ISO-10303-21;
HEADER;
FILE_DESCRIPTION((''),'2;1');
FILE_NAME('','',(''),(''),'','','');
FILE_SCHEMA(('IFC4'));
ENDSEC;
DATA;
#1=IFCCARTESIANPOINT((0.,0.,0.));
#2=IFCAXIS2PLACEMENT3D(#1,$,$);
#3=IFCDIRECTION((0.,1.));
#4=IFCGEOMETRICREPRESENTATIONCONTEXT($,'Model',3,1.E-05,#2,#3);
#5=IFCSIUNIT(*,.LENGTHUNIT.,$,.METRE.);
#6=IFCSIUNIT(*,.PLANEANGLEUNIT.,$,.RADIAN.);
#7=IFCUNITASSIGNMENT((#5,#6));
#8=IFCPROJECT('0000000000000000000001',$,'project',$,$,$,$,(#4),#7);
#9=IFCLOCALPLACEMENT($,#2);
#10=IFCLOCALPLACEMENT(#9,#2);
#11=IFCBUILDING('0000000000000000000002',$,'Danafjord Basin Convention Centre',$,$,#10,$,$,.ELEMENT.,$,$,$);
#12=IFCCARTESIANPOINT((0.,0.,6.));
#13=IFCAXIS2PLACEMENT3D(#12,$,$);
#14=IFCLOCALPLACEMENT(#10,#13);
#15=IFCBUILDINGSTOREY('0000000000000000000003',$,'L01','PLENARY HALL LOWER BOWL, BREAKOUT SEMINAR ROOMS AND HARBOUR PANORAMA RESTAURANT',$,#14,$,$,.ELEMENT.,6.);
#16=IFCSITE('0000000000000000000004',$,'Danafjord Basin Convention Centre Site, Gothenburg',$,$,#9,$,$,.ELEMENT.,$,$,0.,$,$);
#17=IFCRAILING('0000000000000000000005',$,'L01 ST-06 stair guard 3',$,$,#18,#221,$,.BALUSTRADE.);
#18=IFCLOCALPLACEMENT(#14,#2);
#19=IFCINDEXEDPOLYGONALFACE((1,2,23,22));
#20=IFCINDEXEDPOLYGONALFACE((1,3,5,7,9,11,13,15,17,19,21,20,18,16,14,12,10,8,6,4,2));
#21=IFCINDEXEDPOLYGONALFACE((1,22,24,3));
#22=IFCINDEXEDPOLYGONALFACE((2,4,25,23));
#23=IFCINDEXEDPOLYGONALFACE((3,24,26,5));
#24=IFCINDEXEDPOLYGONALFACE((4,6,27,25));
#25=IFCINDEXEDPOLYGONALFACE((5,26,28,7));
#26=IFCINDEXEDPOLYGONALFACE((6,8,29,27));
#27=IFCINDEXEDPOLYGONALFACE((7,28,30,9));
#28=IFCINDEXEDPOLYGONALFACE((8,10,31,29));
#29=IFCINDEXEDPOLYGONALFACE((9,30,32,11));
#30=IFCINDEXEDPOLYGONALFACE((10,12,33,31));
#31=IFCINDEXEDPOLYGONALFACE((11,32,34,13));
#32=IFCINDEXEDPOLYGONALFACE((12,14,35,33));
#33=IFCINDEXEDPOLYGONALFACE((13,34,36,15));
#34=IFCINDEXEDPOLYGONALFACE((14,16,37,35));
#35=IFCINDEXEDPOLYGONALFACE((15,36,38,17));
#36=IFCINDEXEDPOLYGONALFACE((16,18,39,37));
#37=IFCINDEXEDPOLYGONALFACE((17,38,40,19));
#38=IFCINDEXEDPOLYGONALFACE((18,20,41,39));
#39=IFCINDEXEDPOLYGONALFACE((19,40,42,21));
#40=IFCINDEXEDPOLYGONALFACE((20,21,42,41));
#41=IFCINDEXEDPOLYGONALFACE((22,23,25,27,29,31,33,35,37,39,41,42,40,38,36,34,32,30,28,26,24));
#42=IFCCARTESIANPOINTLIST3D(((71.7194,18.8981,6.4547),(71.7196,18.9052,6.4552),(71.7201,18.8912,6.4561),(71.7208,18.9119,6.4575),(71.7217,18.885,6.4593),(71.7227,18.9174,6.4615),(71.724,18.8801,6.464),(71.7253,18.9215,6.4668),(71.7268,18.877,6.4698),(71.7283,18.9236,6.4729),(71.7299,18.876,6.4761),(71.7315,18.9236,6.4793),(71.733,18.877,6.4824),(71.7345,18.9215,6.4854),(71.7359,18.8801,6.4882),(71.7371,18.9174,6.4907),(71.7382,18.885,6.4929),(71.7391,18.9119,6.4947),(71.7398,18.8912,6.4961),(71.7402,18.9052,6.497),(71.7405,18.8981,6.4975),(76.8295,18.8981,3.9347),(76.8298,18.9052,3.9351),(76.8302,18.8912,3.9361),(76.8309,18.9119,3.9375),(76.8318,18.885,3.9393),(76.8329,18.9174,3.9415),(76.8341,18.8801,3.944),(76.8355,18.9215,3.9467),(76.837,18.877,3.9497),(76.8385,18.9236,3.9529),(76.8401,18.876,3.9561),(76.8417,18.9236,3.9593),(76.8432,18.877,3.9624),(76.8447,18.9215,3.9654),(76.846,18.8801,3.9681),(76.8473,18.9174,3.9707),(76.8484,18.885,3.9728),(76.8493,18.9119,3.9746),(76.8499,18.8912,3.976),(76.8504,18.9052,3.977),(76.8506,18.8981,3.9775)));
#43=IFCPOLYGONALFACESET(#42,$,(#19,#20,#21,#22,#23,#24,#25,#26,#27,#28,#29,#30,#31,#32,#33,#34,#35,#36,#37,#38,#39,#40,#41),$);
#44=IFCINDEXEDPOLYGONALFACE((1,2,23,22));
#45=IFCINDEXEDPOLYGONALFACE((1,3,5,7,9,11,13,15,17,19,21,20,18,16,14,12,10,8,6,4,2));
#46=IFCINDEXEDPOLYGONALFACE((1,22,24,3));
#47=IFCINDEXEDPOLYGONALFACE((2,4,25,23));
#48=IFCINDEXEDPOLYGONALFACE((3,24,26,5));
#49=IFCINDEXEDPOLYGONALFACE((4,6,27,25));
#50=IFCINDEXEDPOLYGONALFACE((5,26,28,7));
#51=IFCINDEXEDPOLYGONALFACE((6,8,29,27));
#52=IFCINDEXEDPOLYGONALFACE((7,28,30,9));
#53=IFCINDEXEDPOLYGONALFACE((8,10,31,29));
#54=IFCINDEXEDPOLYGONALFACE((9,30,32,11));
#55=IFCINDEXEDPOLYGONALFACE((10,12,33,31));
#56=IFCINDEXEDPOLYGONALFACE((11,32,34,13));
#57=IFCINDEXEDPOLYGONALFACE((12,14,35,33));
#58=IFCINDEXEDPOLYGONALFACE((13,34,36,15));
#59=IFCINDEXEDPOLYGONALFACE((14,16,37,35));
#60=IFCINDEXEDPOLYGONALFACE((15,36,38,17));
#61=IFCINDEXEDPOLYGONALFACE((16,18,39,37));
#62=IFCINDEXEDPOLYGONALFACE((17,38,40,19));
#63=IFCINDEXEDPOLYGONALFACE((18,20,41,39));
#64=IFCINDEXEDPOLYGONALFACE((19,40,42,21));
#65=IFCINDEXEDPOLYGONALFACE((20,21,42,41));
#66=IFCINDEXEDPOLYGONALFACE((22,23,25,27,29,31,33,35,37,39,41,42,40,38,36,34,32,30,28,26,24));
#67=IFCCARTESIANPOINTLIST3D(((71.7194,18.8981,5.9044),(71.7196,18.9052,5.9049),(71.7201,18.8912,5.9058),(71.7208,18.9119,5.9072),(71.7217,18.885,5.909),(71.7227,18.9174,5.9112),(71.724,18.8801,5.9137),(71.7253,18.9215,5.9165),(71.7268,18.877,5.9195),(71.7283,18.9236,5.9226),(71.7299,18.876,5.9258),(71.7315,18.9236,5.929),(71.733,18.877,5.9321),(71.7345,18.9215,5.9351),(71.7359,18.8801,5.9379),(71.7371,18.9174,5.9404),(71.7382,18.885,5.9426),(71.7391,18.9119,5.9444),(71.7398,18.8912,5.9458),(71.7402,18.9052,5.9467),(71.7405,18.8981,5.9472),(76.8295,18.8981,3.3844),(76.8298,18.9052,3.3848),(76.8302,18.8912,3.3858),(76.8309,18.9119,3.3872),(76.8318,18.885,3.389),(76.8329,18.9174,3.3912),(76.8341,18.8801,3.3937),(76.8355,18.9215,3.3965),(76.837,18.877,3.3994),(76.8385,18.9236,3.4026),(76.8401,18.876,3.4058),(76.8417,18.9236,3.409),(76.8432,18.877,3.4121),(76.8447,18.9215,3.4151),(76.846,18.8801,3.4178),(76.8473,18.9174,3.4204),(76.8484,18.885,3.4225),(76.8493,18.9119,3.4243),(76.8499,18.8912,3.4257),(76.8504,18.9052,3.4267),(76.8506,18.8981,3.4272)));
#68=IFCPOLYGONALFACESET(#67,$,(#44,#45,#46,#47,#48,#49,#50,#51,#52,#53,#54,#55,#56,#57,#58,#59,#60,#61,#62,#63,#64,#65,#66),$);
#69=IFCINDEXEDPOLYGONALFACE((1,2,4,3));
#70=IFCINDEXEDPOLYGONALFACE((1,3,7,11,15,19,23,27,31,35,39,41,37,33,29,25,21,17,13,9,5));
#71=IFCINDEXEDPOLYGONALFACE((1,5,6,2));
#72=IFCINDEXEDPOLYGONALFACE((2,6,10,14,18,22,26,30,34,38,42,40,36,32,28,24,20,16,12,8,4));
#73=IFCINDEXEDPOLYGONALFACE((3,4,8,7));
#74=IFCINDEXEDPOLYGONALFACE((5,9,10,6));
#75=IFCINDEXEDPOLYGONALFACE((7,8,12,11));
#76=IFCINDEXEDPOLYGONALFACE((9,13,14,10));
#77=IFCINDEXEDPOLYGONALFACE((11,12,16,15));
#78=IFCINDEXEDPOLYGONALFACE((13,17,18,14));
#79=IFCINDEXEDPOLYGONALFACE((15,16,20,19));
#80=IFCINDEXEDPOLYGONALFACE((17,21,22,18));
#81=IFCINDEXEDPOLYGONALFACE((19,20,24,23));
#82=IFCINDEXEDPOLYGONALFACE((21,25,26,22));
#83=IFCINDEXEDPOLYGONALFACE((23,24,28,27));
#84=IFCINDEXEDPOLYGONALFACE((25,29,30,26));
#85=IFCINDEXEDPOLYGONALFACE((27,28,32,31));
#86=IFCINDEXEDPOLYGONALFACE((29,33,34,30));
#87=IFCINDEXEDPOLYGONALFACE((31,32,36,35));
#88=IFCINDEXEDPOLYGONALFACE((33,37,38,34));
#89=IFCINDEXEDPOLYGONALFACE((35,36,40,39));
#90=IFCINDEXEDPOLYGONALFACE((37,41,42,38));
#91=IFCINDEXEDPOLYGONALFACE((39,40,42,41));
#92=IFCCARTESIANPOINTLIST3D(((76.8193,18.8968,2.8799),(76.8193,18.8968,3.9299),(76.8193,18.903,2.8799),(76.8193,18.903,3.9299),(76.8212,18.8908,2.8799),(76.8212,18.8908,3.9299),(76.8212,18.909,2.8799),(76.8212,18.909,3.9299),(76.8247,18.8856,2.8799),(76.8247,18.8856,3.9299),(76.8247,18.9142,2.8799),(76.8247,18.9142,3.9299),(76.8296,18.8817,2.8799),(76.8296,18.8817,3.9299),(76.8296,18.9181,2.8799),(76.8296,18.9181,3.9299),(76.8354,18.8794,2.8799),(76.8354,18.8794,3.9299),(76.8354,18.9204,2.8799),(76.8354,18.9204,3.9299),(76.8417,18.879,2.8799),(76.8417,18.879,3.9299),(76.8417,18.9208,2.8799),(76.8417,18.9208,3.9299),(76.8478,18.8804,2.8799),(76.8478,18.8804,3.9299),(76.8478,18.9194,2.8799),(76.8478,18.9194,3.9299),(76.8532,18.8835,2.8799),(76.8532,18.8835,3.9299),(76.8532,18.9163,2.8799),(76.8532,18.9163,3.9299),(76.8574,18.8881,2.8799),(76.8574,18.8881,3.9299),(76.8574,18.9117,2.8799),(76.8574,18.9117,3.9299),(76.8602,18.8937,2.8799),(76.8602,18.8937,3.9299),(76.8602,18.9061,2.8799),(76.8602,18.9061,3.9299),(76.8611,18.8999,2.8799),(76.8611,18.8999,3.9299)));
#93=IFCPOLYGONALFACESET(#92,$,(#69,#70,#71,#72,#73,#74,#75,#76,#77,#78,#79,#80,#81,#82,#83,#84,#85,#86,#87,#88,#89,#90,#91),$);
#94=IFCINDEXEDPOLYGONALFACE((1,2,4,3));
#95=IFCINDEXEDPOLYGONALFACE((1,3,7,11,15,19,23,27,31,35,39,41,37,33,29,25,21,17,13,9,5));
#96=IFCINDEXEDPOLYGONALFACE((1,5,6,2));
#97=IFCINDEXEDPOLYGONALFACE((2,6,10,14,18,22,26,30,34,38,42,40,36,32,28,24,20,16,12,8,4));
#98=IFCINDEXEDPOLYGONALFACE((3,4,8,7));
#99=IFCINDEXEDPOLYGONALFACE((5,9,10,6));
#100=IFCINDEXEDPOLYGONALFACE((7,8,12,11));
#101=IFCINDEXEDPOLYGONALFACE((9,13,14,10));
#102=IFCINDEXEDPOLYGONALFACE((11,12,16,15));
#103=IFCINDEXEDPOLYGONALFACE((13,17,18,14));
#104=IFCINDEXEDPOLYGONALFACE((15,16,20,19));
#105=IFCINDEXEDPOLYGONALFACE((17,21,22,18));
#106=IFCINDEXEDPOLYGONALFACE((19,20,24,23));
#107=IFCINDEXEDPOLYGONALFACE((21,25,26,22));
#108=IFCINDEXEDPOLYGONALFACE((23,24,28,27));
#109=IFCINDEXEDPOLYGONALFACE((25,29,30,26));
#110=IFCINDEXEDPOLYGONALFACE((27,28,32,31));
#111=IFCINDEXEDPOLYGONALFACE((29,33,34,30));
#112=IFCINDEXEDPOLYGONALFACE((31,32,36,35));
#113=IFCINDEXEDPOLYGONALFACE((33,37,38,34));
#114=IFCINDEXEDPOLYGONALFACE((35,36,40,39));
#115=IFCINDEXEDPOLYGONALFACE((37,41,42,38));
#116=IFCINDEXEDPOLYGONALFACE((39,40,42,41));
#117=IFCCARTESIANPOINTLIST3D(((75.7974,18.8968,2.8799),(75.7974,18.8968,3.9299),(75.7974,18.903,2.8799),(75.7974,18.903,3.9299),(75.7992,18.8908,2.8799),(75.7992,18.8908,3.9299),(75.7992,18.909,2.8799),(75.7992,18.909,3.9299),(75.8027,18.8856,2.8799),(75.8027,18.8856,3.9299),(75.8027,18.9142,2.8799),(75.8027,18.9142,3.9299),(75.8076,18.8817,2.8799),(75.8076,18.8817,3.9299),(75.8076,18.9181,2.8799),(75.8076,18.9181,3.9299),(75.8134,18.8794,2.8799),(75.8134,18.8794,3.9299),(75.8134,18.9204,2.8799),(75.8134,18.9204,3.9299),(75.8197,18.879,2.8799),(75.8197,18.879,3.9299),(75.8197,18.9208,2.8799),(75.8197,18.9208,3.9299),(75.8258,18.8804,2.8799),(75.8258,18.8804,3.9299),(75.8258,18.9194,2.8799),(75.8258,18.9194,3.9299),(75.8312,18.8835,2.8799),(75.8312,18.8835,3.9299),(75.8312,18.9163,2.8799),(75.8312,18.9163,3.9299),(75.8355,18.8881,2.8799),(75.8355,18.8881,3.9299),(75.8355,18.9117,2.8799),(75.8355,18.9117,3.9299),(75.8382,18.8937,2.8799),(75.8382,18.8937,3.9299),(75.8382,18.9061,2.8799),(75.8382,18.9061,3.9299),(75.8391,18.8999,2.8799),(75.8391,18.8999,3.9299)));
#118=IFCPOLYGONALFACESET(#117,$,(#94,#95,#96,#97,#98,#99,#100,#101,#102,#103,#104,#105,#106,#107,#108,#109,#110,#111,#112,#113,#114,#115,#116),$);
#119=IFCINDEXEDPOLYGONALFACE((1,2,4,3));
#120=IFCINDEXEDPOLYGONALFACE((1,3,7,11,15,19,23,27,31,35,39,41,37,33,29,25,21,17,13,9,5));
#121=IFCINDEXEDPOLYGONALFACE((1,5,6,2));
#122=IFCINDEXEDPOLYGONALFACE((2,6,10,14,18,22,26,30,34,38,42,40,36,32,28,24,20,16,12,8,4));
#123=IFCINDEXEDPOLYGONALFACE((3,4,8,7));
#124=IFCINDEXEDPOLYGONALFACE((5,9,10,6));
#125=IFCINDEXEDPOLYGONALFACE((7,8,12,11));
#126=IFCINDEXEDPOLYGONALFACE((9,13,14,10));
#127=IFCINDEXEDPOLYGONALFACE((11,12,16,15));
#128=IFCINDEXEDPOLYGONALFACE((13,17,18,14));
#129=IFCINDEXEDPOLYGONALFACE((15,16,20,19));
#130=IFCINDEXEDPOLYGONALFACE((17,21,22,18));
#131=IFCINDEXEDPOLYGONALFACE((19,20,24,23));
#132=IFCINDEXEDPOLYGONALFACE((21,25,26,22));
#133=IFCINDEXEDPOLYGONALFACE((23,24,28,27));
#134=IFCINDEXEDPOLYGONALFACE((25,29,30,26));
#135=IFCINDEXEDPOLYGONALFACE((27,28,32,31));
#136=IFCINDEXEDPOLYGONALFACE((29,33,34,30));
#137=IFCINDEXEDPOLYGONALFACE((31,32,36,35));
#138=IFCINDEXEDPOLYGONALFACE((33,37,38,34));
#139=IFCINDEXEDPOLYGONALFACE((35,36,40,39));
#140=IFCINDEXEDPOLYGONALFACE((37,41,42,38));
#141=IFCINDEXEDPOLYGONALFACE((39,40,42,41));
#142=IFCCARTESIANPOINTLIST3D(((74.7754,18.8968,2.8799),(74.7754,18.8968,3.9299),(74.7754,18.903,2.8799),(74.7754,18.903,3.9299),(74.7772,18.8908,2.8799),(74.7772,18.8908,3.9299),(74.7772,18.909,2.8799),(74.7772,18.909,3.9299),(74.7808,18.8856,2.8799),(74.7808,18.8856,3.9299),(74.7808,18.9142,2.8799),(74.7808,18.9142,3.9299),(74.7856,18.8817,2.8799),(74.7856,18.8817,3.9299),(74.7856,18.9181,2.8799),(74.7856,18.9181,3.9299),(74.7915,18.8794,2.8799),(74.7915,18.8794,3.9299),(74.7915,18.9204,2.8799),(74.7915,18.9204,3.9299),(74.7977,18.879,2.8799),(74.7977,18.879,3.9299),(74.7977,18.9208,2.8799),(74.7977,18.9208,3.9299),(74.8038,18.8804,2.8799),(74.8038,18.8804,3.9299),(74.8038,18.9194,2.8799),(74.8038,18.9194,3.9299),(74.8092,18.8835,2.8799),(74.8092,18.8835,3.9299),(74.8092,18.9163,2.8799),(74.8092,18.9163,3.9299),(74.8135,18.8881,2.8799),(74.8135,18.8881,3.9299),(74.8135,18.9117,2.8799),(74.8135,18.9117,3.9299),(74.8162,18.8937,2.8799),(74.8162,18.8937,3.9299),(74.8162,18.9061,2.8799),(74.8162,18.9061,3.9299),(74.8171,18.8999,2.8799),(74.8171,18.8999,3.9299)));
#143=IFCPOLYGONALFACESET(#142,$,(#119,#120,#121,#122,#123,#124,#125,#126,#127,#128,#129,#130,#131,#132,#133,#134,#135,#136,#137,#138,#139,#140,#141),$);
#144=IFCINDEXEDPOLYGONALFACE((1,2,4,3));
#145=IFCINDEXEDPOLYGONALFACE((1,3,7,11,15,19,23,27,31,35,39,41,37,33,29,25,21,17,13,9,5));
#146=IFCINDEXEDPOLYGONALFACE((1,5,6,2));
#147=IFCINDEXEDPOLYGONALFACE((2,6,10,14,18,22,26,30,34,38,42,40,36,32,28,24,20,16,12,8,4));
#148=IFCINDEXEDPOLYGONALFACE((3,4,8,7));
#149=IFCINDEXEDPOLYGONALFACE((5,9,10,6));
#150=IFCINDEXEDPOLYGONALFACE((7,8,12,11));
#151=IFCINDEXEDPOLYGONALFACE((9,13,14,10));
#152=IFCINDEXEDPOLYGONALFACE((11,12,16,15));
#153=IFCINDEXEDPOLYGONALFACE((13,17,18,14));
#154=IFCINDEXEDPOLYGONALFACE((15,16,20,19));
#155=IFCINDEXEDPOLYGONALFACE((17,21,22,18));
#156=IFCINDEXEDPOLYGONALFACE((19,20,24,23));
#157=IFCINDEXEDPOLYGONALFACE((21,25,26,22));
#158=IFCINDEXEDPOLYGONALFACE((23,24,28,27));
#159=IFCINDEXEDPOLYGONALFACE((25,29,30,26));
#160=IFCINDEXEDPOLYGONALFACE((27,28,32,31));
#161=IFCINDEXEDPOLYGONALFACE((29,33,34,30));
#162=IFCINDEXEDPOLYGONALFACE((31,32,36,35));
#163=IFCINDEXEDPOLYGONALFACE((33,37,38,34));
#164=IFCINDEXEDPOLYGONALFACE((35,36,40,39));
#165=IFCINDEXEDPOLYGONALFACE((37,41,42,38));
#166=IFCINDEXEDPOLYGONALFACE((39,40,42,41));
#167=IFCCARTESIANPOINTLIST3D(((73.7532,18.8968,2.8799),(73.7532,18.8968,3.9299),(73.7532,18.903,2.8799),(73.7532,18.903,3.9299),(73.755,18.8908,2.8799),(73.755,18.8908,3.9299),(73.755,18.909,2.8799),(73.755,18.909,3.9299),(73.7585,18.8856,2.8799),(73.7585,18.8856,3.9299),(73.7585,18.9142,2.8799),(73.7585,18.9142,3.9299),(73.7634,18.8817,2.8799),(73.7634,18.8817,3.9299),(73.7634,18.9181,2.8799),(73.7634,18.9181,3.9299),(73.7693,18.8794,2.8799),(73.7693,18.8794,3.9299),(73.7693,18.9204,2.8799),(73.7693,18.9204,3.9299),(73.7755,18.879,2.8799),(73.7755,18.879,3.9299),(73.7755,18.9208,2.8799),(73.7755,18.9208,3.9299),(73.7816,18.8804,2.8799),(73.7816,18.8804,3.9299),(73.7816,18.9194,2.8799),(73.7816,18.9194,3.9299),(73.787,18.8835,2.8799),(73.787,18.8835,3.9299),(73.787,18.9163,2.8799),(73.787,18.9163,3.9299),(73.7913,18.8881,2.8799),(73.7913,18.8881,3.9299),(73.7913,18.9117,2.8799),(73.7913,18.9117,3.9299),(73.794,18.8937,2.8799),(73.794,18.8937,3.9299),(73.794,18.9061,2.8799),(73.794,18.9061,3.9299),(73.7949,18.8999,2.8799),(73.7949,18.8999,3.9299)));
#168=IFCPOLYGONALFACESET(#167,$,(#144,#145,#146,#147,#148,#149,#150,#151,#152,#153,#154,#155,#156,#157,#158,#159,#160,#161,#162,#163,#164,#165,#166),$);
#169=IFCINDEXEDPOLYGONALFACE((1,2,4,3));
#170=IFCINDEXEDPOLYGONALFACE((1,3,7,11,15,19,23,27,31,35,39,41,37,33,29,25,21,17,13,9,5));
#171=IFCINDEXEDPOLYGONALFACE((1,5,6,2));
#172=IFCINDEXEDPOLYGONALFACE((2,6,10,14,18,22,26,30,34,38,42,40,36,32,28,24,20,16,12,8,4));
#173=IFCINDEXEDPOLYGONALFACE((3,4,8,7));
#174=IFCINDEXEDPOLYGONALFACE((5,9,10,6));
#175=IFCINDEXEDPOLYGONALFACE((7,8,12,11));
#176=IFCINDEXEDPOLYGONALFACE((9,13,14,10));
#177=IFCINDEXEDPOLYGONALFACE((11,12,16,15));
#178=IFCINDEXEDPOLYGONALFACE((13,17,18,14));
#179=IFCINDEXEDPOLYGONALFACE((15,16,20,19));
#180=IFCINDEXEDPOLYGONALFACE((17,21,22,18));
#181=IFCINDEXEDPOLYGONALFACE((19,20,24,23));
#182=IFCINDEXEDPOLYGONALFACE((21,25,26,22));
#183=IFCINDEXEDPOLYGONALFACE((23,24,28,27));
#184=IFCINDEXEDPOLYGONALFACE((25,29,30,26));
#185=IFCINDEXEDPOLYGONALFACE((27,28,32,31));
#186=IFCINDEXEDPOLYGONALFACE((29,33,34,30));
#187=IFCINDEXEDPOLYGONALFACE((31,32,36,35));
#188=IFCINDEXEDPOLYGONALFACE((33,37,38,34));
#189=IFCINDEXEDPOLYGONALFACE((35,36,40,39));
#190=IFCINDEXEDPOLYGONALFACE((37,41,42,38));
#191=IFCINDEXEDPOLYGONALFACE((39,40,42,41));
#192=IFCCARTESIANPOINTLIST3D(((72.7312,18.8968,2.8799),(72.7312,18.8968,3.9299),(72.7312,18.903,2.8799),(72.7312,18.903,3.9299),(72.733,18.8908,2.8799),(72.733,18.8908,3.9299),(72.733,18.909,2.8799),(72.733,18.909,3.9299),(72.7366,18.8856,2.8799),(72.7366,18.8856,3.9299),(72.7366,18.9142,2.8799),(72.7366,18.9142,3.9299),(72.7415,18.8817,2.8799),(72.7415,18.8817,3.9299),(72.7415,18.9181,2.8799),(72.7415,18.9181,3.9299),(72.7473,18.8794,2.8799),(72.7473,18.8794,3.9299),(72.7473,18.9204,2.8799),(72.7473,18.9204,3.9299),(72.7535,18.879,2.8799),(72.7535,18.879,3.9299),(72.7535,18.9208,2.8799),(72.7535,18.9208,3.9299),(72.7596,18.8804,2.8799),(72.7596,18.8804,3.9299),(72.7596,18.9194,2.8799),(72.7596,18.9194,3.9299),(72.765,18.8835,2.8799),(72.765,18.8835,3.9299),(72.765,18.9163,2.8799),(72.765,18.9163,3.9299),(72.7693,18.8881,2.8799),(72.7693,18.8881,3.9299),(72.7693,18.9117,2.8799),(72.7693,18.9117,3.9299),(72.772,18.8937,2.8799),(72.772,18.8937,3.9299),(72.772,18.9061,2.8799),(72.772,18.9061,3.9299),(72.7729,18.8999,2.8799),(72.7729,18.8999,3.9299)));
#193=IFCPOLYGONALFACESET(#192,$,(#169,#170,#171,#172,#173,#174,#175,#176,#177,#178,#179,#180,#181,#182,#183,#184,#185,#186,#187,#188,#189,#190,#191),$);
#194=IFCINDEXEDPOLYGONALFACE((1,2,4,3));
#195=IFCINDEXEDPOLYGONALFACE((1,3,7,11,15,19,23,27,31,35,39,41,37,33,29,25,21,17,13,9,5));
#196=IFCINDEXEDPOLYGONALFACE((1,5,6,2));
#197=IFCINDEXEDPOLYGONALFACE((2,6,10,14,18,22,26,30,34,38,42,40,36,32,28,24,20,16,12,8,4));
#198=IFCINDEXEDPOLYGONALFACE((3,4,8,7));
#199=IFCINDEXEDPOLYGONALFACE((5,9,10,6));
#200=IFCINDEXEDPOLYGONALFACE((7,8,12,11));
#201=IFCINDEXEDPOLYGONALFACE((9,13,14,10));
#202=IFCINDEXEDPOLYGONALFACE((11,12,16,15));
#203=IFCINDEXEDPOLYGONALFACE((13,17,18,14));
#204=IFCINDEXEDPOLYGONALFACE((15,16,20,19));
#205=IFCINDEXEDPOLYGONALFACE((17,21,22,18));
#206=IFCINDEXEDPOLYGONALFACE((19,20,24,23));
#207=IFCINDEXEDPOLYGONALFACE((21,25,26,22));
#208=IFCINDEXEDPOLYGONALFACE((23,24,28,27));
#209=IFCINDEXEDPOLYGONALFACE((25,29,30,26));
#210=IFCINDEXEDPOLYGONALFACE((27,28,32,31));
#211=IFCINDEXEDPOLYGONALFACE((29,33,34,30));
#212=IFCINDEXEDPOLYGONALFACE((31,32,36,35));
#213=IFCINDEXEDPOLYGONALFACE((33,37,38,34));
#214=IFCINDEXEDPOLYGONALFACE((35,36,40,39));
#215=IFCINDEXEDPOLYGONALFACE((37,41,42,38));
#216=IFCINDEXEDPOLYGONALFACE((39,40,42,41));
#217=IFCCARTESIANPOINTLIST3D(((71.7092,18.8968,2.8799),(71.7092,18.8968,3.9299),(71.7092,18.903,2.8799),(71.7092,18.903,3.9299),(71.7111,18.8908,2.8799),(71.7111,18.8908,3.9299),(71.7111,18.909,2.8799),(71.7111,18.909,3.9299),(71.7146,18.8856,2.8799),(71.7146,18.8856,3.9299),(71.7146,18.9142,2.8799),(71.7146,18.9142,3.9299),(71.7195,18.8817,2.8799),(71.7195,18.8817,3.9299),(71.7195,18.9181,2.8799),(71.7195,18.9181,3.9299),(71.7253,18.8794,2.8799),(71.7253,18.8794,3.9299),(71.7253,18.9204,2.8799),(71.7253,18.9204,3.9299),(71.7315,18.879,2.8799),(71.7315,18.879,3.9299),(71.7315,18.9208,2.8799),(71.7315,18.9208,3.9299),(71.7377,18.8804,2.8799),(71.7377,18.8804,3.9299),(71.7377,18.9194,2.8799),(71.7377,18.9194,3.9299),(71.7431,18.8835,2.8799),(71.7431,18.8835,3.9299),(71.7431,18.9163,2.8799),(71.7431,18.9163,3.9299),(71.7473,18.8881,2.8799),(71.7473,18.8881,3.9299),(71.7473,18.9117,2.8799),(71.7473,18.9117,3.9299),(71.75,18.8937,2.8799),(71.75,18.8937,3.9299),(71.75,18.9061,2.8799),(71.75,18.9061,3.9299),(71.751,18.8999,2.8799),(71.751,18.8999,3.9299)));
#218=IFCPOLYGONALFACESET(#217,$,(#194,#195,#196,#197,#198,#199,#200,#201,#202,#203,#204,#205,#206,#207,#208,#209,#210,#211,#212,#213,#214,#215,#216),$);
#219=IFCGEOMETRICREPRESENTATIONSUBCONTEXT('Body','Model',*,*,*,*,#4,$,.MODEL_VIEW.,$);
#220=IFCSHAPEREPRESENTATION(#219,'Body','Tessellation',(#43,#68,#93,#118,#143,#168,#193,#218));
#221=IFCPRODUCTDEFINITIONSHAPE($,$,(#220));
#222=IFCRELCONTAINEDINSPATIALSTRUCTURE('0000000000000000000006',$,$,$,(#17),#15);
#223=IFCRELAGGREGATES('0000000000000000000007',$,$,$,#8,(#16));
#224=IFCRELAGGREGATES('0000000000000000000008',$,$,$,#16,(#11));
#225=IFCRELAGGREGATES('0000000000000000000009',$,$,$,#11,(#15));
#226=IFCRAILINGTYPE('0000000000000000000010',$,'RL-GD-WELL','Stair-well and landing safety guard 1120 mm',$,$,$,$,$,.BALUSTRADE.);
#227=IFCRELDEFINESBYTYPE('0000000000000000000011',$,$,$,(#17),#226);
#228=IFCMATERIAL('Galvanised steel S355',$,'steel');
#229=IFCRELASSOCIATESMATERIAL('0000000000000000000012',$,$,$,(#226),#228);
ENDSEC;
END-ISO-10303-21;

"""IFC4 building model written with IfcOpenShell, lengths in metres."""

from ifc_helpers import new_model, si_unit, direction, frame, origin, origin_2d, place, context, subcontext, project, spatial, circle, extrude, material, type_object, element, save


model = new_model("IFC4")

# Units and contexts
model_context = context("Model", 3, precision=1e-05, world=origin(), true_north=direction((0.0, 1.0)))
body_context = subcontext(model_context, "Body", "Model", "MODEL_VIEW")
ifc_project = project(units=[si_unit("LENGTHUNIT", "METRE"), si_unit("PLANEANGLEUNIT", "RADIAN")], contexts=[model_context])

# Site, building, storey
site_placement = place(None, origin())
site = spatial("IfcSite", under=ifc_project, at=site_placement, Name="Danafjord Basin Convention Centre Site, Gothenburg", CompositionType="ELEMENT", RefElevation=0.0)
building_placement = place(site_placement, origin())
building = spatial("IfcBuilding", under=site, at=building_placement, Name="Danafjord Basin Convention Centre", CompositionType="ELEMENT")
storey_placement = place(building_placement, frame((0.0, 0.0, 6.0)))
storey = spatial("IfcBuildingStorey", under=building, at=storey_placement, Name="L01", Description="PLENARY HALL LOWER BOWL, BREAKOUT SEMINAR ROOMS AND HARBOUR PANORAMA RESTAURANT", CompositionType="ELEMENT", Elevation=6.0)

# Railing
ifc_material_1 = material(Name="Galvanised steel S355", Category="steel")
railing_type_1 = type_object("IfcRailingType", Name="RL-GD-WELL", Description="Stair-well and landing safety guard 1120 mm", PredefinedType="BALUSTRADE", material=ifc_material_1)
railing_1_placement = place(storey_placement, frame((76.8401, 18.8999, 2.8799)))
element("IfcRailing", 1, at=railing_1_placement, inside=storey, type_object=railing_type_1, Name="L01 ST-06 stair guard 3", PredefinedType="BALUSTRADE", context=body_context, shape_type="SweptSolid", body=[
    extrude(circle(Radius=0.0239, at=origin_2d()), frame((0.0, 0.0, 1.0762), z_axis=(-0.896873, 0.0, 0.442288), x_axis=(0.0, -1.0, 0.0)), (0.0, 0.0, 1.0), 5.6978),
    extrude(circle(Radius=0.0239, at=origin_2d()), frame((0.0, 0.0, 0.5259), z_axis=(-0.896873, 0.0, 0.442288), x_axis=(0.0, -1.0, 0.0)), (0.0, 0.0, 1.0), 5.6978),
    extrude(circle(Radius=0.021, at=origin_2d()), origin(), (0.0, 0.0, 1.0), 1.05),
    extrude(circle(Radius=0.021, at=origin_2d()), frame((-1.022, 0.0, 0.0)), (0.0, 0.0, 1.0), 1.05),
    extrude(circle(Radius=0.021, at=origin_2d()), frame((-2.0439, 0.0, 0.0)), (0.0, 0.0, 1.0), 1.05),
    extrude(circle(Radius=0.021, at=origin_2d()), frame((-3.0662, 0.0, 0.0)), (0.0, 0.0, 1.0), 1.05),
    extrude(circle(Radius=0.021, at=origin_2d()), frame((-4.0881, 0.0, 0.0)), (0.0, 0.0, 1.0), 1.05),
    extrude(circle(Radius=0.021, at=origin_2d()), frame((-5.1101, 0.0, 0.0)), (0.0, 0.0, 1.0), 1.05),
])

save(model, "model.ifc")
